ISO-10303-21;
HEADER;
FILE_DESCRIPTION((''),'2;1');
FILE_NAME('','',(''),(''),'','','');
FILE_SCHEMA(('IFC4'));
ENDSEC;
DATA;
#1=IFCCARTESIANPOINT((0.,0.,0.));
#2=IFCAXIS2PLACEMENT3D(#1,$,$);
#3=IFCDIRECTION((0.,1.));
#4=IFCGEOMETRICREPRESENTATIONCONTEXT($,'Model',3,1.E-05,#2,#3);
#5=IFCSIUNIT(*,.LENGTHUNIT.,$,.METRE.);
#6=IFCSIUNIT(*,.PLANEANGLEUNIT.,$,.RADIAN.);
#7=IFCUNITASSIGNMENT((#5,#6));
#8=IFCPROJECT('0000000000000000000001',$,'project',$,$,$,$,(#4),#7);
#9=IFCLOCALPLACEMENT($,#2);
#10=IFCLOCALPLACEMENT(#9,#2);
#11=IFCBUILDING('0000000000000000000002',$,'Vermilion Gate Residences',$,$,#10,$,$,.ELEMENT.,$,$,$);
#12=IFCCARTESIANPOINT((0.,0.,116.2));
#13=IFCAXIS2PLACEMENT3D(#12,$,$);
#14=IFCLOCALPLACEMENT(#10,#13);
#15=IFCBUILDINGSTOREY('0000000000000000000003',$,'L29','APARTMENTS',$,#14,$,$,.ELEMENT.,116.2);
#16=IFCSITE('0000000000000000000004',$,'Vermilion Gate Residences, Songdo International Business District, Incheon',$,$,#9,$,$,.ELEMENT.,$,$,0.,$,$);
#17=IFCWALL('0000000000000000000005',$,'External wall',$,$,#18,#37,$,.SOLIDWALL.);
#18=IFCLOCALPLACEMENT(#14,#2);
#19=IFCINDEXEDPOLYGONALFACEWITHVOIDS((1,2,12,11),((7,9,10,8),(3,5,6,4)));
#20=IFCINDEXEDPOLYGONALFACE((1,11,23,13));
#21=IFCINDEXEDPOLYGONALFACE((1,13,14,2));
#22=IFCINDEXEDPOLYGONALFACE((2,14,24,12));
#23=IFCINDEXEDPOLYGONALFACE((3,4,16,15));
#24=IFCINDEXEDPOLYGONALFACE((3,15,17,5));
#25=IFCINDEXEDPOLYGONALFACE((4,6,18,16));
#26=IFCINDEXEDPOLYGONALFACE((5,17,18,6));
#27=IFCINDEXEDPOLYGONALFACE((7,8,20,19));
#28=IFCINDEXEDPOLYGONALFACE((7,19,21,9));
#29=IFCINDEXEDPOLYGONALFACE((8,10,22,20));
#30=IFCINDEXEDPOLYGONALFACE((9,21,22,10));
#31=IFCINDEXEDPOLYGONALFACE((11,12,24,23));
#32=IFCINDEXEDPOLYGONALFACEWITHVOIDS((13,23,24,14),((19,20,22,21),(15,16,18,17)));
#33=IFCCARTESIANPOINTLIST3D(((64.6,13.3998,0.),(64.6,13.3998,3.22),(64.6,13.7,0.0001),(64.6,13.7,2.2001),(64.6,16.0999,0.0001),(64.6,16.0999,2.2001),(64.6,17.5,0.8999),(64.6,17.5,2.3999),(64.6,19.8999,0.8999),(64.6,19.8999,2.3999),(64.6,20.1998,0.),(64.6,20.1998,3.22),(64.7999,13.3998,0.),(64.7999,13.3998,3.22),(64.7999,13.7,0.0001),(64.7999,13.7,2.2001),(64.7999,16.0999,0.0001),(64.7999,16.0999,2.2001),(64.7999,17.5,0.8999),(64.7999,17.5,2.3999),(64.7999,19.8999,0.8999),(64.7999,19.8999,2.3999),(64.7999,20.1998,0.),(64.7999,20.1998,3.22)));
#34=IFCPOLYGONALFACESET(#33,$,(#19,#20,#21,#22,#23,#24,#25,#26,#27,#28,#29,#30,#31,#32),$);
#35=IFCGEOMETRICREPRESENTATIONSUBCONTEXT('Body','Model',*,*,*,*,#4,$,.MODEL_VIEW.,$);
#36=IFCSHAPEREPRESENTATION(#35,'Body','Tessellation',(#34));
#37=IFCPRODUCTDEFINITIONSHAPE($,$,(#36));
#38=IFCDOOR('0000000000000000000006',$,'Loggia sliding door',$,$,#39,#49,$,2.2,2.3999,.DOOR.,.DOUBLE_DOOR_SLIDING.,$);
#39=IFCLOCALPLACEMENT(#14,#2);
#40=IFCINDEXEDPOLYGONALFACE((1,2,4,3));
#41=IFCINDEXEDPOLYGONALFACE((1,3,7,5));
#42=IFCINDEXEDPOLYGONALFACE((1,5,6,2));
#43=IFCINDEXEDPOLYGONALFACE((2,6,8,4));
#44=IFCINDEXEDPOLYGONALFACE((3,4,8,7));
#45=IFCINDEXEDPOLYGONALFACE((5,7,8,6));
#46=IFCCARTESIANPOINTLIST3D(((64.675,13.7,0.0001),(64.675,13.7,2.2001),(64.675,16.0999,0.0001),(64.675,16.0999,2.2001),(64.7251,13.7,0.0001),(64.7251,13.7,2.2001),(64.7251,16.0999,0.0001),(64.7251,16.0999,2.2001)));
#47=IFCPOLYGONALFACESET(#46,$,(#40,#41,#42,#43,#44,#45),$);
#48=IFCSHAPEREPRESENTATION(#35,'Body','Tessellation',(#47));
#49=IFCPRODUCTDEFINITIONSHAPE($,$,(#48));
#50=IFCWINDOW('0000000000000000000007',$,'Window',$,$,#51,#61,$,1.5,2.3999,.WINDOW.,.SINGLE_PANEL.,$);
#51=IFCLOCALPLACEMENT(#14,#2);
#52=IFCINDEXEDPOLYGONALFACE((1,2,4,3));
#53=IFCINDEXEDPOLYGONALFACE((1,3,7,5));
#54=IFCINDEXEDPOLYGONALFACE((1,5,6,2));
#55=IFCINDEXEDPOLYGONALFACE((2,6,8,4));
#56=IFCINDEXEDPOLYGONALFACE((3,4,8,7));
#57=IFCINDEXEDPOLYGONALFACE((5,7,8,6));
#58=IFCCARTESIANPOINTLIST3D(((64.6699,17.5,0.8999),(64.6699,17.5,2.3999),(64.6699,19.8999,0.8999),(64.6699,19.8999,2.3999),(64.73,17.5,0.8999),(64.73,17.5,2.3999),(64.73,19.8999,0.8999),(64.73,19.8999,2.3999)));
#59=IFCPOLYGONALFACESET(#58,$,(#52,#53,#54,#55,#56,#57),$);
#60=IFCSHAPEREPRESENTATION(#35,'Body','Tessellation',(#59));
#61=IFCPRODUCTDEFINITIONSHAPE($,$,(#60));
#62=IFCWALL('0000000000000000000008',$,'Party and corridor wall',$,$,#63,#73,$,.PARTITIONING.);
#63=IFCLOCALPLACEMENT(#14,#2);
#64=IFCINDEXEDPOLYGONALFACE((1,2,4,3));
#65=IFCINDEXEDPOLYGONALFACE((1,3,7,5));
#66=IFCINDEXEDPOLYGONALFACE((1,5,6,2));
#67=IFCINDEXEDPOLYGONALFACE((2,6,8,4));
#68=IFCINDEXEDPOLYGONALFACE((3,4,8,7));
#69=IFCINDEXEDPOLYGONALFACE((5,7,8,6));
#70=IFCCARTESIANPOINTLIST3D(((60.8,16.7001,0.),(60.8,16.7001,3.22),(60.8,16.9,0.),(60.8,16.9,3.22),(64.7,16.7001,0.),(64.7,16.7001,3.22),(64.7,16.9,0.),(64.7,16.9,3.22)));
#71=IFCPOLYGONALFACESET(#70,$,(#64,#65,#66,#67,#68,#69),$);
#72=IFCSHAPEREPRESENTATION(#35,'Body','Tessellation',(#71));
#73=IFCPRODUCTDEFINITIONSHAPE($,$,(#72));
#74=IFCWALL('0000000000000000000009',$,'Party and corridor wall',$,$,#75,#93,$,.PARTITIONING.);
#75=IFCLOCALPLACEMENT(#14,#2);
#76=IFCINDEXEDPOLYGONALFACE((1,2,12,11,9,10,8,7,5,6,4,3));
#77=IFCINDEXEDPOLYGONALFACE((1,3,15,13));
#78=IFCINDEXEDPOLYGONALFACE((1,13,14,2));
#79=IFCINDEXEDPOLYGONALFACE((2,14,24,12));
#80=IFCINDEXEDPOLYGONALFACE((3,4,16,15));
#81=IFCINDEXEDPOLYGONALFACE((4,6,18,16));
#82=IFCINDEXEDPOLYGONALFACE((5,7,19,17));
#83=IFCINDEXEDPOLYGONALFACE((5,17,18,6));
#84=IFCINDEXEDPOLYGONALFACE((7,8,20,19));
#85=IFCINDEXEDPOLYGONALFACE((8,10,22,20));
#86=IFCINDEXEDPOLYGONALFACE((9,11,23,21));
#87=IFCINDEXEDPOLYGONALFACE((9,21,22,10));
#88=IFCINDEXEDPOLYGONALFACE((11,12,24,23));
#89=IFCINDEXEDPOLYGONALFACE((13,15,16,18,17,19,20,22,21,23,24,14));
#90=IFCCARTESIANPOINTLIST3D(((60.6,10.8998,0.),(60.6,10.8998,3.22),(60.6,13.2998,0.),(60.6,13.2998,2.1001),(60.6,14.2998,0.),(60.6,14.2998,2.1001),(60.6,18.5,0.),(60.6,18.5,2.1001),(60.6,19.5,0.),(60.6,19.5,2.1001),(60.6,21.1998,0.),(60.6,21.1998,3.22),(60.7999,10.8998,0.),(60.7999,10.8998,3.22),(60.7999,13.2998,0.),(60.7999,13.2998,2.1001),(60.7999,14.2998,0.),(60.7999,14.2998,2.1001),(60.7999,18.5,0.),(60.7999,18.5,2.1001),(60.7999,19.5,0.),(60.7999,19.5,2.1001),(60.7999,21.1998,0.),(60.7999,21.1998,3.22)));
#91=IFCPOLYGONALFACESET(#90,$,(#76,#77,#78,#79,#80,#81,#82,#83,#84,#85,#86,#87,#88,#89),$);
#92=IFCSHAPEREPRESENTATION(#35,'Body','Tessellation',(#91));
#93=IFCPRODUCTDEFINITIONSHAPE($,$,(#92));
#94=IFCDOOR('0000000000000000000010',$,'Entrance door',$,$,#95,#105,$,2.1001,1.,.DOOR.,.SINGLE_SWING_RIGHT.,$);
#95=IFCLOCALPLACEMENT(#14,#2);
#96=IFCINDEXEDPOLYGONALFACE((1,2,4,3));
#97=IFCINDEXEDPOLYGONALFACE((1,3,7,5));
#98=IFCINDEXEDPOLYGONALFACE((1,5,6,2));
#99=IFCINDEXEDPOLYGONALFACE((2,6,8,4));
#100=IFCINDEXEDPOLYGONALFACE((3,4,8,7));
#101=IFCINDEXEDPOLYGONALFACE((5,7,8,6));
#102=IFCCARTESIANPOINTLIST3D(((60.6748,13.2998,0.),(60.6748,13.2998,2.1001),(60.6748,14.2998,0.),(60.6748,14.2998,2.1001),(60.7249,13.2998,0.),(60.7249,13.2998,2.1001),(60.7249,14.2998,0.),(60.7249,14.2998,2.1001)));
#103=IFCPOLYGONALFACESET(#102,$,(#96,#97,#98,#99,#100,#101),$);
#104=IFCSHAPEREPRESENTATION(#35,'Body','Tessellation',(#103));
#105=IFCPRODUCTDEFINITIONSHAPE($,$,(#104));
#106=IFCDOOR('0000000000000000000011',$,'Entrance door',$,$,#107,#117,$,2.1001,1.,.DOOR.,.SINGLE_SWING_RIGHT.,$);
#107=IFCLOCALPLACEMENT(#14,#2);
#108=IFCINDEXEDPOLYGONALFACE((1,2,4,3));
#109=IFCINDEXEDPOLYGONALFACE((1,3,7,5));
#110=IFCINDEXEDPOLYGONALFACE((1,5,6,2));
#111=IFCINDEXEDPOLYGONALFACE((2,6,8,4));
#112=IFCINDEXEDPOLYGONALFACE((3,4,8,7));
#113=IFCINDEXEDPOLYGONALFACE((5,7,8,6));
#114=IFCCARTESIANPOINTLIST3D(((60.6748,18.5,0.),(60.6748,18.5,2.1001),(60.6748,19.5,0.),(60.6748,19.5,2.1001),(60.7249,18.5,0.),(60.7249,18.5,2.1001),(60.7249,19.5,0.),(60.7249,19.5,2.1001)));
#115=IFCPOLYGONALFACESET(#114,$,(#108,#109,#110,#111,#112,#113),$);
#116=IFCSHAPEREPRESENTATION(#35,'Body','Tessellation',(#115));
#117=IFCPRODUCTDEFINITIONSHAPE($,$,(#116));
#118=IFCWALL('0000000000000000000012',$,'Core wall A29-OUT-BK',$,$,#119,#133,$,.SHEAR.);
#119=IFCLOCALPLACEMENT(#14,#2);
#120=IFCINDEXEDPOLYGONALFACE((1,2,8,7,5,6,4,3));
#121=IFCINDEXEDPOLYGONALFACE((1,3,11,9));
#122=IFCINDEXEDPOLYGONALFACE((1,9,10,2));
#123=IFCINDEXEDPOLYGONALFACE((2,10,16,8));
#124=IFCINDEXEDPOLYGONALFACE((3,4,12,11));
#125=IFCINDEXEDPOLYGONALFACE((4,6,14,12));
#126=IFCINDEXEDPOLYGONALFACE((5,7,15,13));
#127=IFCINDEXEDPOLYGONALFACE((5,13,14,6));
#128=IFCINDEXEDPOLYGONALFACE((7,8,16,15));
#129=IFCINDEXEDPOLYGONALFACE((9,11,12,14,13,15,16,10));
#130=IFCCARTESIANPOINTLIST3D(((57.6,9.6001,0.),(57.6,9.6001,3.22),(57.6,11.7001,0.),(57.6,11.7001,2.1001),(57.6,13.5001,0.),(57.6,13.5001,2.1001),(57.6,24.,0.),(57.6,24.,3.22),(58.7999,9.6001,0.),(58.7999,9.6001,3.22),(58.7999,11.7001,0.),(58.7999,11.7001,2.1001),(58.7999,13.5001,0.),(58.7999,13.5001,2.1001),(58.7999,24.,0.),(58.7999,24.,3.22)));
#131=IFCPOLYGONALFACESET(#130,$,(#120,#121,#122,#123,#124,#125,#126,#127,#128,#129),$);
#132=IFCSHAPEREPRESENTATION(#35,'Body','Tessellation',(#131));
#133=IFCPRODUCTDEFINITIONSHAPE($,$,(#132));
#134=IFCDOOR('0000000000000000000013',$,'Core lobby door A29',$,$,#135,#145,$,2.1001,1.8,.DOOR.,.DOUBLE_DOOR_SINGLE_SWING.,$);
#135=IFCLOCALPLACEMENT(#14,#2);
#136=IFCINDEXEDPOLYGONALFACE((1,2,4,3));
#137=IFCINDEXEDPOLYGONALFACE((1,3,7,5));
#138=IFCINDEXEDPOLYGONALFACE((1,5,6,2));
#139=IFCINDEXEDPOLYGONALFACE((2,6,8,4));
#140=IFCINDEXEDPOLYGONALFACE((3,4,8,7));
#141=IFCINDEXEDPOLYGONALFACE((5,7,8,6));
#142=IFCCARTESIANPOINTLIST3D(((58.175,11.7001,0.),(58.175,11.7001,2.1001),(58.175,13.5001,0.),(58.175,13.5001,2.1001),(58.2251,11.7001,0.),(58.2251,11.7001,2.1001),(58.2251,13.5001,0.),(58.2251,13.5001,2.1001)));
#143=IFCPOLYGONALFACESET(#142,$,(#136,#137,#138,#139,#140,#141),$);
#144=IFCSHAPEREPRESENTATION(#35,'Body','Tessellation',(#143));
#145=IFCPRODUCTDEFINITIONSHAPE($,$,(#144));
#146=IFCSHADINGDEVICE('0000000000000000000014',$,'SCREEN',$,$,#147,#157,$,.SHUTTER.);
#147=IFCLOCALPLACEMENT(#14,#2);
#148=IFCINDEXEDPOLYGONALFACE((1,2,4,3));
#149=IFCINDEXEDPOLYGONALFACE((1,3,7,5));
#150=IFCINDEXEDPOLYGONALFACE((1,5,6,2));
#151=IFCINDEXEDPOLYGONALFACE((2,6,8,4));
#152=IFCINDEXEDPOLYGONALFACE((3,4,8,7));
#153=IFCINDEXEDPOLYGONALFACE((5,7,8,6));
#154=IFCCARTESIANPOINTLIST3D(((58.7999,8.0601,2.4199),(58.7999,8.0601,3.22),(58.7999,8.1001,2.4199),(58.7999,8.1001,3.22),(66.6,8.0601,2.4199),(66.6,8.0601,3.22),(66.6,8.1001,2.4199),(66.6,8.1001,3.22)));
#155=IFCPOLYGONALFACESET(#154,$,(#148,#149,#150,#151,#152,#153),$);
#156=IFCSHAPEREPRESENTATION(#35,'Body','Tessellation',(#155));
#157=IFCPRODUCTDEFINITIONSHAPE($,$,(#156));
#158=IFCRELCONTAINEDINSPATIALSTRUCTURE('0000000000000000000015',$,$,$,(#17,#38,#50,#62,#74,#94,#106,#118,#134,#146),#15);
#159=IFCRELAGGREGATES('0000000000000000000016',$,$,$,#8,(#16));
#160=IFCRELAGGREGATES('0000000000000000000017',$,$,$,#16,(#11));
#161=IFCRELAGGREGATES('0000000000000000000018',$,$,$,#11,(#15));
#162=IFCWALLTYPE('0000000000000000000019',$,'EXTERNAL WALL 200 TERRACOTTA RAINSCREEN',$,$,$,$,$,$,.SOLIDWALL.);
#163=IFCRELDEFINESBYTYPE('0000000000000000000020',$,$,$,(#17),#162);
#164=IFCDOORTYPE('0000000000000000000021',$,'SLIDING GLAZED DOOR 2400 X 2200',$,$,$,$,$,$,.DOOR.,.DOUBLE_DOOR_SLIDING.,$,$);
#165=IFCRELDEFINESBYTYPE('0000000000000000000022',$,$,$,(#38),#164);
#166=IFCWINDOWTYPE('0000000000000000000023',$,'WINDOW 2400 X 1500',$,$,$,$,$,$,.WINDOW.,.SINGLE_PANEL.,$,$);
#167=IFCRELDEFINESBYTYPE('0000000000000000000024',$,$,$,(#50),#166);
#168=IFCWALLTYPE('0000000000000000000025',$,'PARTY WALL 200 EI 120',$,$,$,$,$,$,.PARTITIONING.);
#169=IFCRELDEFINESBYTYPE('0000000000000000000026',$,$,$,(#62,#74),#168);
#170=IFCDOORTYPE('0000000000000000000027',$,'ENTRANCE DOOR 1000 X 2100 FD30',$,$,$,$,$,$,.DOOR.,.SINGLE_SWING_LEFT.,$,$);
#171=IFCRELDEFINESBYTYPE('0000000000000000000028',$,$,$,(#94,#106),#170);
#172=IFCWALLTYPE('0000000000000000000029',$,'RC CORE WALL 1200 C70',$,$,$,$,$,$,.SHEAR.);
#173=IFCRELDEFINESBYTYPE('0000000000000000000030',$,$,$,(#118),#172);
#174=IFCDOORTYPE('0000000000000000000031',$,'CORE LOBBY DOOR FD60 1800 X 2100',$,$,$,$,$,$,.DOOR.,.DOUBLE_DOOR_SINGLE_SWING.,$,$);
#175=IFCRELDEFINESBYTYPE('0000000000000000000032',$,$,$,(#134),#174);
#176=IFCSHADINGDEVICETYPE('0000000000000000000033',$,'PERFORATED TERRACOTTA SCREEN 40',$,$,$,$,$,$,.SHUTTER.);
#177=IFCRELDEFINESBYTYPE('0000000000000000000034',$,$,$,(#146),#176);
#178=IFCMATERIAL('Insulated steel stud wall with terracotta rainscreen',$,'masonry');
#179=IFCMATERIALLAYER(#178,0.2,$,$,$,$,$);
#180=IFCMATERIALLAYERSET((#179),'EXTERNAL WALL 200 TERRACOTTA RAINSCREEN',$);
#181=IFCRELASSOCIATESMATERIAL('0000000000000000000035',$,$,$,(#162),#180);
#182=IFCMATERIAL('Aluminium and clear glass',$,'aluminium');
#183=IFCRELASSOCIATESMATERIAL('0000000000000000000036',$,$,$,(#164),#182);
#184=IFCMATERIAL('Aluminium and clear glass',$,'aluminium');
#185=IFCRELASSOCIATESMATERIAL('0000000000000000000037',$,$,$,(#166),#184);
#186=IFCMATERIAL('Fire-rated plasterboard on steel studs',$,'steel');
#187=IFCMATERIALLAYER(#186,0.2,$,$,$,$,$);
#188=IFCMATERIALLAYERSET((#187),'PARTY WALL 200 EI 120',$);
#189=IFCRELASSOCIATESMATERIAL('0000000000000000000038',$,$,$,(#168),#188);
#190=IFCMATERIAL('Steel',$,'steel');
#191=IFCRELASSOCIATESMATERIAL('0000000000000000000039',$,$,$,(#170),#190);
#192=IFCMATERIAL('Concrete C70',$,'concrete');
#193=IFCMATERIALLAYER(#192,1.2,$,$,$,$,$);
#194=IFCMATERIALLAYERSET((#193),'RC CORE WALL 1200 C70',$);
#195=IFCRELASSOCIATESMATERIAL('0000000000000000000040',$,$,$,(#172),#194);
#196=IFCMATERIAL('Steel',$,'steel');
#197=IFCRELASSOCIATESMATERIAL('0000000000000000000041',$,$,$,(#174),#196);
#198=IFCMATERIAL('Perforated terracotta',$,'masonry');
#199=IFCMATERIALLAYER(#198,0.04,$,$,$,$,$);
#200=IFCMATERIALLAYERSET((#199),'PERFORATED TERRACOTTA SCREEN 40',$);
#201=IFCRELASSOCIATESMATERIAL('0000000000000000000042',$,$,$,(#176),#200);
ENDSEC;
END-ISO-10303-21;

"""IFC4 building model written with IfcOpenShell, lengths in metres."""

from ifc_helpers import new_model, si_unit, direction, frame, frame_2d, origin, origin_2d, place, context, subcontext, project, spatial, rectangle, extrude, material, layer, layer_set, type_object, element, fill, save


model = new_model("IFC4")

# Units and contexts
model_context = context("Model", 3, precision=1e-05, world=origin(), true_north=direction((0.0, 1.0)))
body_context = subcontext(model_context, "Body", "Model", "MODEL_VIEW")
ifc_project = project(units=[si_unit("LENGTHUNIT", "METRE"), si_unit("PLANEANGLEUNIT", "RADIAN")], contexts=[model_context])

# Site, building, storey
site_placement = place(None, origin())
site = spatial("IfcSite", under=ifc_project, at=site_placement, Name="Vermilion Gate Residences, Songdo International Business District, Incheon", CompositionType="ELEMENT", RefElevation=0.0)
building_placement = place(site_placement, origin())
building = spatial("IfcBuilding", under=site, at=building_placement, Name="Vermilion Gate Residences", CompositionType="ELEMENT")
storey_placement = place(building_placement, frame((0.0, 0.0, 116.2)))
storey = spatial("IfcBuildingStorey", under=building, at=storey_placement, Name="L29", Description="APARTMENTS", CompositionType="ELEMENT", Elevation=116.2)

# Shared definitions
ifc_material_1 = material(Name="Insulated steel stud wall with terracotta rainscreen", Category="masonry")
ifc_layer_1 = layer(ifc_material_1, 0.2)
ifc_layer_set_1 = layer_set([ifc_layer_1], Name="EXTERNAL WALL 200 TERRACOTTA RAINSCREEN")
wall_type_1 = type_object("IfcWallType", Name="EXTERNAL WALL 200 TERRACOTTA RAINSCREEN", PredefinedType="SOLIDWALL", material=ifc_layer_set_1)

# Wall, openings, door, window
wall_1_placement = place(storey_placement, frame((64.7, 13.3999, 0.0), z_axis=(0.0, 0.0, 1.0), x_axis=(0.0, 1.0, 0.0)))
wall_1 = element("IfcWall", 1, at=wall_1_placement, inside=storey, type_object=wall_type_1, Name="External wall", PredefinedType="SOLIDWALL", context=body_context, shape_type="SweptSolid", body=[
    extrude(rectangle(XDim=6.8, YDim=0.2, at=frame_2d((3.3999, 0.0))), origin(), (0.0, 0.0, 1.0), 3.22),
])
opening_1_placement = place(wall_1_placement, frame((4.1001, 0.0, 0.8999)))
opening_1 = element("IfcOpeningElement", 2, at=opening_1_placement, cuts=wall_1, PredefinedType="OPENING", context=body_context, shape_type="SweptSolid", body=[
    extrude(rectangle(XDim=2.3999, YDim=1.5, at=frame_2d((1.2, 0.75))), frame((0.0, 0.1099, 0.0), z_axis=(0.0, -1.0, 0.0), x_axis=(1.0, 0.0, 0.0)), (0.0, 0.0, 1.0), 0.22),
])
opening_2_placement = place(wall_1_placement, frame((0.3, 0.0, 0.0)))
opening_2 = element("IfcOpeningElement", 3, at=opening_2_placement, cuts=wall_1, PredefinedType="OPENING", context=body_context, shape_type="SweptSolid", body=[
    extrude(rectangle(XDim=2.3999, YDim=2.2, at=frame_2d((1.2, 1.1001))), frame((0.0, 0.1099, 0.0), z_axis=(0.0, -1.0, 0.0), x_axis=(1.0, 0.0, 0.0)), (0.0, 0.0, 1.0), 0.22),
])
ifc_material_2 = material(Name="Aluminium and clear glass", Category="aluminium")
door_type_1 = type_object("IfcDoorType", Name="SLIDING GLAZED DOOR 2400 X 2200", OperationType="DOUBLE_DOOR_SLIDING", PredefinedType="DOOR", material=ifc_material_2)
door_1_placement = place(opening_2_placement, origin())
door_1 = element("IfcDoor", 4, at=door_1_placement, inside=storey, type_object=door_type_1, Name="Loggia sliding door", OperationType="DOUBLE_DOOR_SLIDING", OverallHeight=2.2, OverallWidth=2.3999, PredefinedType="DOOR", context=body_context, shape_type="SweptSolid", body=[
    extrude(rectangle(XDim=2.3999, YDim=2.2, at=frame_2d((1.2, 1.1001))), frame((0.0, 0.0249, 0.0), z_axis=(0.0, -1.0, 0.0), x_axis=(1.0, 0.0, 0.0)), (0.0, 0.0, 1.0), 0.05),
])
fill(opening_2, door_1)
ifc_material_3 = material(Name="Aluminium and clear glass", Category="aluminium")
window_type_1 = type_object("IfcWindowType", Name="WINDOW 2400 X 1500", PartitioningType="SINGLE_PANEL", PredefinedType="WINDOW", material=ifc_material_3)
window_1_placement = place(opening_1_placement, origin())
window_1 = element("IfcWindow", 5, at=window_1_placement, inside=storey, type_object=window_type_1, Name="Window", OverallHeight=1.5, OverallWidth=2.3999, PartitioningType="SINGLE_PANEL", PredefinedType="WINDOW", context=body_context, shape_type="SweptSolid", body=[
    extrude(rectangle(XDim=2.3999, YDim=1.5, at=frame_2d((1.2, 0.75))), frame((0.0, 0.03, 0.0), z_axis=(0.0, -1.0, 0.0), x_axis=(1.0, 0.0, 0.0)), (0.0, 0.0, 1.0), 0.0601),
])
fill(opening_1, window_1)

# Wall
ifc_material_4 = material(Name="Fire-rated plasterboard on steel studs", Category="steel")
ifc_layer_2 = layer(ifc_material_4, 0.2)
ifc_layer_set_2 = layer_set([ifc_layer_2], Name="PARTY WALL 200 EI 120")
wall_type_2 = type_object("IfcWallType", Name="PARTY WALL 200 EI 120", PredefinedType="PARTITIONING", material=ifc_layer_set_2)
wall_2_placement = place(storey_placement, frame((60.8, 16.8, 0.0), z_axis=(0.0, 0.0, 1.0), x_axis=(1.0, 0.0, 0.0)))
element("IfcWall", 6, at=wall_2_placement, inside=storey, type_object=wall_type_2, Name="Party and corridor wall", PredefinedType="PARTITIONING", context=body_context, shape_type="SweptSolid", body=[
    extrude(rectangle(XDim=3.8999, YDim=0.2, at=frame_2d((1.95, 0.0))), origin(), (0.0, 0.0, 1.0), 3.22),
])

# Wall, openings, doors
wall_3_placement = place(storey_placement, frame((60.7, 10.8999, 0.0), z_axis=(0.0, 0.0, 1.0), x_axis=(0.0, 1.0, 0.0)))
wall_3 = element("IfcWall", 7, at=wall_3_placement, inside=storey, type_object=wall_type_2, Name="Party and corridor wall", PredefinedType="PARTITIONING", context=body_context, shape_type="SweptSolid", body=[
    extrude(rectangle(XDim=10.3, YDim=0.2, at=frame_2d((5.1499, 0.0))), origin(), (0.0, 0.0, 1.0), 3.22),
])
opening_3_placement = place(wall_3_placement, frame((2.3999, 0.0, 0.0)))
opening_3 = element("IfcOpeningElement", 8, at=opening_3_placement, cuts=wall_3, PredefinedType="OPENING", context=body_context, shape_type="SweptSolid", body=[
    extrude(rectangle(XDim=1.0, YDim=2.1001, at=frame_2d((0.5, 1.05))), frame((0.0, 0.1099, 0.0), z_axis=(0.0, -1.0, 0.0), x_axis=(1.0, 0.0, 0.0)), (0.0, 0.0, 1.0), 0.22),
])
opening_4_placement = place(wall_3_placement, frame((7.6001, 0.0, 0.0)))
opening_4 = element("IfcOpeningElement", 9, at=opening_4_placement, cuts=wall_3, PredefinedType="OPENING", context=body_context, shape_type="SweptSolid", body=[
    extrude(rectangle(XDim=1.0, YDim=2.1001, at=frame_2d((0.5, 1.05))), frame((0.0, 0.1099, 0.0), z_axis=(0.0, -1.0, 0.0), x_axis=(1.0, 0.0, 0.0)), (0.0, 0.0, 1.0), 0.22),
])
ifc_material_5 = material(Name="Steel", Category="steel")
door_type_2 = type_object("IfcDoorType", Name="ENTRANCE DOOR 1000 X 2100 FD30", OperationType="SINGLE_SWING_LEFT", PredefinedType="DOOR", material=ifc_material_5)
door_2_placement = place(opening_3_placement, frame((1.0, 0.0, 0.0), z_axis=(0.0, 0.0, 1.0), x_axis=(-1.0, 0.0, 0.0)))
door_2 = element("IfcDoor", 10, at=door_2_placement, inside=storey, type_object=door_type_2, Name="Entrance door", OperationType="SINGLE_SWING_RIGHT", OverallHeight=2.1001, OverallWidth=1.0, PredefinedType="DOOR", context=body_context, shape_type="SweptSolid", body=[
    extrude(rectangle(XDim=1.0, YDim=2.1001, at=frame_2d((0.5, 1.05))), frame((0.0, 0.0249, 0.0), z_axis=(0.0, -1.0, 0.0), x_axis=(1.0, 0.0, 0.0)), (0.0, 0.0, 1.0), 0.05),
])
fill(opening_3, door_2)
door_3_placement = place(opening_4_placement, frame((1.0, 0.0, 0.0), z_axis=(0.0, 0.0, 1.0), x_axis=(-1.0, 0.0, 0.0)))
door_3 = element("IfcDoor", 11, at=door_3_placement, inside=storey, type_object=door_type_2, Name="Entrance door", OperationType="SINGLE_SWING_RIGHT", OverallHeight=2.1001, OverallWidth=1.0, PredefinedType="DOOR", context=body_context, shape_type="SweptSolid", body=[
    extrude(rectangle(XDim=1.0, YDim=2.1001, at=frame_2d((0.5, 1.05))), frame((0.0, 0.0249, 0.0), z_axis=(0.0, -1.0, 0.0), x_axis=(1.0, 0.0, 0.0)), (0.0, 0.0, 1.0), 0.05),
])
fill(opening_4, door_3)

# Wall, opening, door
ifc_material_6 = material(Name="Concrete C70", Category="concrete")
ifc_layer_3 = layer(ifc_material_6, 1.2)
ifc_layer_set_3 = layer_set([ifc_layer_3], Name="RC CORE WALL 1200 C70")
wall_type_3 = type_object("IfcWallType", Name="RC CORE WALL 1200 C70", PredefinedType="SHEAR", material=ifc_layer_set_3)
wall_4_placement = place(storey_placement, frame((58.2, 9.6001, 0.0), z_axis=(0.0, 0.0, 1.0), x_axis=(0.0, 1.0, 0.0)))
wall_4 = element("IfcWall", 12, at=wall_4_placement, inside=storey, type_object=wall_type_3, Name="Core wall A29-OUT-BK", PredefinedType="SHEAR", context=body_context, shape_type="SweptSolid", body=[
    extrude(rectangle(XDim=14.3999, YDim=1.2, at=frame_2d((7.2, 0.0))), origin(), (0.0, 0.0, 1.0), 3.22),
])
opening_5_placement = place(wall_4_placement, frame((2.1001, 0.0, 0.0)))
opening_5 = element("IfcOpeningElement", 13, at=opening_5_placement, cuts=wall_4, PredefinedType="OPENING", context=body_context, shape_type="SweptSolid", body=[
    extrude(rectangle(XDim=1.8, YDim=2.1001, at=frame_2d((0.8999, 1.05))), frame((0.0, 0.6099, 0.0), z_axis=(0.0, -1.0, 0.0), x_axis=(1.0, 0.0, 0.0)), (0.0, 0.0, 1.0), 1.22),
])
ifc_material_7 = material(Name="Steel", Category="steel")
door_type_3 = type_object("IfcDoorType", Name="CORE LOBBY DOOR FD60 1800 X 2100", OperationType="DOUBLE_DOOR_SINGLE_SWING", PredefinedType="DOOR", material=ifc_material_7)
door_4_placement = place(opening_5_placement, origin())
door_4 = element("IfcDoor", 14, at=door_4_placement, inside=storey, type_object=door_type_3, Name="Core lobby door A29", OperationType="DOUBLE_DOOR_SINGLE_SWING", OverallHeight=2.1001, OverallWidth=1.8, PredefinedType="DOOR", context=body_context, shape_type="SweptSolid", body=[
    extrude(rectangle(XDim=1.8, YDim=2.1001, at=frame_2d((0.8999, 1.05))), frame((0.0, 0.0249, 0.0), z_axis=(0.0, -1.0, 0.0), x_axis=(1.0, 0.0, 0.0)), (0.0, 0.0, 1.0), 0.05),
])
fill(opening_5, door_4)

# Shading device
ifc_material_8 = material(Name="Perforated terracotta", Category="masonry")
ifc_layer_4 = layer(ifc_material_8, 0.04)
ifc_layer_set_4 = layer_set([ifc_layer_4], Name="PERFORATED TERRACOTTA SCREEN 40")
shading_device_type_1 = type_object("IfcShadingDeviceType", Name="PERFORATED TERRACOTTA SCREEN 40", PredefinedType="SHUTTER", material=ifc_layer_set_4)
shading_device_1_placement = place(storey_placement, frame((62.7, 8.0801, 2.4199), z_axis=(0.0, 0.0, 1.0), x_axis=(1.0, 0.0, 0.0)))
element("IfcShadingDevice", 15, at=shading_device_1_placement, inside=storey, type_object=shading_device_type_1, Name="SCREEN", PredefinedType="SHUTTER", context=body_context, shape_type="SweptSolid", body=[
    extrude(rectangle(XDim=7.8, YDim=0.04, at=origin_2d()), origin(), (0.0, 0.0, 1.0), 0.8),
])

save(model, "model.ifc")
